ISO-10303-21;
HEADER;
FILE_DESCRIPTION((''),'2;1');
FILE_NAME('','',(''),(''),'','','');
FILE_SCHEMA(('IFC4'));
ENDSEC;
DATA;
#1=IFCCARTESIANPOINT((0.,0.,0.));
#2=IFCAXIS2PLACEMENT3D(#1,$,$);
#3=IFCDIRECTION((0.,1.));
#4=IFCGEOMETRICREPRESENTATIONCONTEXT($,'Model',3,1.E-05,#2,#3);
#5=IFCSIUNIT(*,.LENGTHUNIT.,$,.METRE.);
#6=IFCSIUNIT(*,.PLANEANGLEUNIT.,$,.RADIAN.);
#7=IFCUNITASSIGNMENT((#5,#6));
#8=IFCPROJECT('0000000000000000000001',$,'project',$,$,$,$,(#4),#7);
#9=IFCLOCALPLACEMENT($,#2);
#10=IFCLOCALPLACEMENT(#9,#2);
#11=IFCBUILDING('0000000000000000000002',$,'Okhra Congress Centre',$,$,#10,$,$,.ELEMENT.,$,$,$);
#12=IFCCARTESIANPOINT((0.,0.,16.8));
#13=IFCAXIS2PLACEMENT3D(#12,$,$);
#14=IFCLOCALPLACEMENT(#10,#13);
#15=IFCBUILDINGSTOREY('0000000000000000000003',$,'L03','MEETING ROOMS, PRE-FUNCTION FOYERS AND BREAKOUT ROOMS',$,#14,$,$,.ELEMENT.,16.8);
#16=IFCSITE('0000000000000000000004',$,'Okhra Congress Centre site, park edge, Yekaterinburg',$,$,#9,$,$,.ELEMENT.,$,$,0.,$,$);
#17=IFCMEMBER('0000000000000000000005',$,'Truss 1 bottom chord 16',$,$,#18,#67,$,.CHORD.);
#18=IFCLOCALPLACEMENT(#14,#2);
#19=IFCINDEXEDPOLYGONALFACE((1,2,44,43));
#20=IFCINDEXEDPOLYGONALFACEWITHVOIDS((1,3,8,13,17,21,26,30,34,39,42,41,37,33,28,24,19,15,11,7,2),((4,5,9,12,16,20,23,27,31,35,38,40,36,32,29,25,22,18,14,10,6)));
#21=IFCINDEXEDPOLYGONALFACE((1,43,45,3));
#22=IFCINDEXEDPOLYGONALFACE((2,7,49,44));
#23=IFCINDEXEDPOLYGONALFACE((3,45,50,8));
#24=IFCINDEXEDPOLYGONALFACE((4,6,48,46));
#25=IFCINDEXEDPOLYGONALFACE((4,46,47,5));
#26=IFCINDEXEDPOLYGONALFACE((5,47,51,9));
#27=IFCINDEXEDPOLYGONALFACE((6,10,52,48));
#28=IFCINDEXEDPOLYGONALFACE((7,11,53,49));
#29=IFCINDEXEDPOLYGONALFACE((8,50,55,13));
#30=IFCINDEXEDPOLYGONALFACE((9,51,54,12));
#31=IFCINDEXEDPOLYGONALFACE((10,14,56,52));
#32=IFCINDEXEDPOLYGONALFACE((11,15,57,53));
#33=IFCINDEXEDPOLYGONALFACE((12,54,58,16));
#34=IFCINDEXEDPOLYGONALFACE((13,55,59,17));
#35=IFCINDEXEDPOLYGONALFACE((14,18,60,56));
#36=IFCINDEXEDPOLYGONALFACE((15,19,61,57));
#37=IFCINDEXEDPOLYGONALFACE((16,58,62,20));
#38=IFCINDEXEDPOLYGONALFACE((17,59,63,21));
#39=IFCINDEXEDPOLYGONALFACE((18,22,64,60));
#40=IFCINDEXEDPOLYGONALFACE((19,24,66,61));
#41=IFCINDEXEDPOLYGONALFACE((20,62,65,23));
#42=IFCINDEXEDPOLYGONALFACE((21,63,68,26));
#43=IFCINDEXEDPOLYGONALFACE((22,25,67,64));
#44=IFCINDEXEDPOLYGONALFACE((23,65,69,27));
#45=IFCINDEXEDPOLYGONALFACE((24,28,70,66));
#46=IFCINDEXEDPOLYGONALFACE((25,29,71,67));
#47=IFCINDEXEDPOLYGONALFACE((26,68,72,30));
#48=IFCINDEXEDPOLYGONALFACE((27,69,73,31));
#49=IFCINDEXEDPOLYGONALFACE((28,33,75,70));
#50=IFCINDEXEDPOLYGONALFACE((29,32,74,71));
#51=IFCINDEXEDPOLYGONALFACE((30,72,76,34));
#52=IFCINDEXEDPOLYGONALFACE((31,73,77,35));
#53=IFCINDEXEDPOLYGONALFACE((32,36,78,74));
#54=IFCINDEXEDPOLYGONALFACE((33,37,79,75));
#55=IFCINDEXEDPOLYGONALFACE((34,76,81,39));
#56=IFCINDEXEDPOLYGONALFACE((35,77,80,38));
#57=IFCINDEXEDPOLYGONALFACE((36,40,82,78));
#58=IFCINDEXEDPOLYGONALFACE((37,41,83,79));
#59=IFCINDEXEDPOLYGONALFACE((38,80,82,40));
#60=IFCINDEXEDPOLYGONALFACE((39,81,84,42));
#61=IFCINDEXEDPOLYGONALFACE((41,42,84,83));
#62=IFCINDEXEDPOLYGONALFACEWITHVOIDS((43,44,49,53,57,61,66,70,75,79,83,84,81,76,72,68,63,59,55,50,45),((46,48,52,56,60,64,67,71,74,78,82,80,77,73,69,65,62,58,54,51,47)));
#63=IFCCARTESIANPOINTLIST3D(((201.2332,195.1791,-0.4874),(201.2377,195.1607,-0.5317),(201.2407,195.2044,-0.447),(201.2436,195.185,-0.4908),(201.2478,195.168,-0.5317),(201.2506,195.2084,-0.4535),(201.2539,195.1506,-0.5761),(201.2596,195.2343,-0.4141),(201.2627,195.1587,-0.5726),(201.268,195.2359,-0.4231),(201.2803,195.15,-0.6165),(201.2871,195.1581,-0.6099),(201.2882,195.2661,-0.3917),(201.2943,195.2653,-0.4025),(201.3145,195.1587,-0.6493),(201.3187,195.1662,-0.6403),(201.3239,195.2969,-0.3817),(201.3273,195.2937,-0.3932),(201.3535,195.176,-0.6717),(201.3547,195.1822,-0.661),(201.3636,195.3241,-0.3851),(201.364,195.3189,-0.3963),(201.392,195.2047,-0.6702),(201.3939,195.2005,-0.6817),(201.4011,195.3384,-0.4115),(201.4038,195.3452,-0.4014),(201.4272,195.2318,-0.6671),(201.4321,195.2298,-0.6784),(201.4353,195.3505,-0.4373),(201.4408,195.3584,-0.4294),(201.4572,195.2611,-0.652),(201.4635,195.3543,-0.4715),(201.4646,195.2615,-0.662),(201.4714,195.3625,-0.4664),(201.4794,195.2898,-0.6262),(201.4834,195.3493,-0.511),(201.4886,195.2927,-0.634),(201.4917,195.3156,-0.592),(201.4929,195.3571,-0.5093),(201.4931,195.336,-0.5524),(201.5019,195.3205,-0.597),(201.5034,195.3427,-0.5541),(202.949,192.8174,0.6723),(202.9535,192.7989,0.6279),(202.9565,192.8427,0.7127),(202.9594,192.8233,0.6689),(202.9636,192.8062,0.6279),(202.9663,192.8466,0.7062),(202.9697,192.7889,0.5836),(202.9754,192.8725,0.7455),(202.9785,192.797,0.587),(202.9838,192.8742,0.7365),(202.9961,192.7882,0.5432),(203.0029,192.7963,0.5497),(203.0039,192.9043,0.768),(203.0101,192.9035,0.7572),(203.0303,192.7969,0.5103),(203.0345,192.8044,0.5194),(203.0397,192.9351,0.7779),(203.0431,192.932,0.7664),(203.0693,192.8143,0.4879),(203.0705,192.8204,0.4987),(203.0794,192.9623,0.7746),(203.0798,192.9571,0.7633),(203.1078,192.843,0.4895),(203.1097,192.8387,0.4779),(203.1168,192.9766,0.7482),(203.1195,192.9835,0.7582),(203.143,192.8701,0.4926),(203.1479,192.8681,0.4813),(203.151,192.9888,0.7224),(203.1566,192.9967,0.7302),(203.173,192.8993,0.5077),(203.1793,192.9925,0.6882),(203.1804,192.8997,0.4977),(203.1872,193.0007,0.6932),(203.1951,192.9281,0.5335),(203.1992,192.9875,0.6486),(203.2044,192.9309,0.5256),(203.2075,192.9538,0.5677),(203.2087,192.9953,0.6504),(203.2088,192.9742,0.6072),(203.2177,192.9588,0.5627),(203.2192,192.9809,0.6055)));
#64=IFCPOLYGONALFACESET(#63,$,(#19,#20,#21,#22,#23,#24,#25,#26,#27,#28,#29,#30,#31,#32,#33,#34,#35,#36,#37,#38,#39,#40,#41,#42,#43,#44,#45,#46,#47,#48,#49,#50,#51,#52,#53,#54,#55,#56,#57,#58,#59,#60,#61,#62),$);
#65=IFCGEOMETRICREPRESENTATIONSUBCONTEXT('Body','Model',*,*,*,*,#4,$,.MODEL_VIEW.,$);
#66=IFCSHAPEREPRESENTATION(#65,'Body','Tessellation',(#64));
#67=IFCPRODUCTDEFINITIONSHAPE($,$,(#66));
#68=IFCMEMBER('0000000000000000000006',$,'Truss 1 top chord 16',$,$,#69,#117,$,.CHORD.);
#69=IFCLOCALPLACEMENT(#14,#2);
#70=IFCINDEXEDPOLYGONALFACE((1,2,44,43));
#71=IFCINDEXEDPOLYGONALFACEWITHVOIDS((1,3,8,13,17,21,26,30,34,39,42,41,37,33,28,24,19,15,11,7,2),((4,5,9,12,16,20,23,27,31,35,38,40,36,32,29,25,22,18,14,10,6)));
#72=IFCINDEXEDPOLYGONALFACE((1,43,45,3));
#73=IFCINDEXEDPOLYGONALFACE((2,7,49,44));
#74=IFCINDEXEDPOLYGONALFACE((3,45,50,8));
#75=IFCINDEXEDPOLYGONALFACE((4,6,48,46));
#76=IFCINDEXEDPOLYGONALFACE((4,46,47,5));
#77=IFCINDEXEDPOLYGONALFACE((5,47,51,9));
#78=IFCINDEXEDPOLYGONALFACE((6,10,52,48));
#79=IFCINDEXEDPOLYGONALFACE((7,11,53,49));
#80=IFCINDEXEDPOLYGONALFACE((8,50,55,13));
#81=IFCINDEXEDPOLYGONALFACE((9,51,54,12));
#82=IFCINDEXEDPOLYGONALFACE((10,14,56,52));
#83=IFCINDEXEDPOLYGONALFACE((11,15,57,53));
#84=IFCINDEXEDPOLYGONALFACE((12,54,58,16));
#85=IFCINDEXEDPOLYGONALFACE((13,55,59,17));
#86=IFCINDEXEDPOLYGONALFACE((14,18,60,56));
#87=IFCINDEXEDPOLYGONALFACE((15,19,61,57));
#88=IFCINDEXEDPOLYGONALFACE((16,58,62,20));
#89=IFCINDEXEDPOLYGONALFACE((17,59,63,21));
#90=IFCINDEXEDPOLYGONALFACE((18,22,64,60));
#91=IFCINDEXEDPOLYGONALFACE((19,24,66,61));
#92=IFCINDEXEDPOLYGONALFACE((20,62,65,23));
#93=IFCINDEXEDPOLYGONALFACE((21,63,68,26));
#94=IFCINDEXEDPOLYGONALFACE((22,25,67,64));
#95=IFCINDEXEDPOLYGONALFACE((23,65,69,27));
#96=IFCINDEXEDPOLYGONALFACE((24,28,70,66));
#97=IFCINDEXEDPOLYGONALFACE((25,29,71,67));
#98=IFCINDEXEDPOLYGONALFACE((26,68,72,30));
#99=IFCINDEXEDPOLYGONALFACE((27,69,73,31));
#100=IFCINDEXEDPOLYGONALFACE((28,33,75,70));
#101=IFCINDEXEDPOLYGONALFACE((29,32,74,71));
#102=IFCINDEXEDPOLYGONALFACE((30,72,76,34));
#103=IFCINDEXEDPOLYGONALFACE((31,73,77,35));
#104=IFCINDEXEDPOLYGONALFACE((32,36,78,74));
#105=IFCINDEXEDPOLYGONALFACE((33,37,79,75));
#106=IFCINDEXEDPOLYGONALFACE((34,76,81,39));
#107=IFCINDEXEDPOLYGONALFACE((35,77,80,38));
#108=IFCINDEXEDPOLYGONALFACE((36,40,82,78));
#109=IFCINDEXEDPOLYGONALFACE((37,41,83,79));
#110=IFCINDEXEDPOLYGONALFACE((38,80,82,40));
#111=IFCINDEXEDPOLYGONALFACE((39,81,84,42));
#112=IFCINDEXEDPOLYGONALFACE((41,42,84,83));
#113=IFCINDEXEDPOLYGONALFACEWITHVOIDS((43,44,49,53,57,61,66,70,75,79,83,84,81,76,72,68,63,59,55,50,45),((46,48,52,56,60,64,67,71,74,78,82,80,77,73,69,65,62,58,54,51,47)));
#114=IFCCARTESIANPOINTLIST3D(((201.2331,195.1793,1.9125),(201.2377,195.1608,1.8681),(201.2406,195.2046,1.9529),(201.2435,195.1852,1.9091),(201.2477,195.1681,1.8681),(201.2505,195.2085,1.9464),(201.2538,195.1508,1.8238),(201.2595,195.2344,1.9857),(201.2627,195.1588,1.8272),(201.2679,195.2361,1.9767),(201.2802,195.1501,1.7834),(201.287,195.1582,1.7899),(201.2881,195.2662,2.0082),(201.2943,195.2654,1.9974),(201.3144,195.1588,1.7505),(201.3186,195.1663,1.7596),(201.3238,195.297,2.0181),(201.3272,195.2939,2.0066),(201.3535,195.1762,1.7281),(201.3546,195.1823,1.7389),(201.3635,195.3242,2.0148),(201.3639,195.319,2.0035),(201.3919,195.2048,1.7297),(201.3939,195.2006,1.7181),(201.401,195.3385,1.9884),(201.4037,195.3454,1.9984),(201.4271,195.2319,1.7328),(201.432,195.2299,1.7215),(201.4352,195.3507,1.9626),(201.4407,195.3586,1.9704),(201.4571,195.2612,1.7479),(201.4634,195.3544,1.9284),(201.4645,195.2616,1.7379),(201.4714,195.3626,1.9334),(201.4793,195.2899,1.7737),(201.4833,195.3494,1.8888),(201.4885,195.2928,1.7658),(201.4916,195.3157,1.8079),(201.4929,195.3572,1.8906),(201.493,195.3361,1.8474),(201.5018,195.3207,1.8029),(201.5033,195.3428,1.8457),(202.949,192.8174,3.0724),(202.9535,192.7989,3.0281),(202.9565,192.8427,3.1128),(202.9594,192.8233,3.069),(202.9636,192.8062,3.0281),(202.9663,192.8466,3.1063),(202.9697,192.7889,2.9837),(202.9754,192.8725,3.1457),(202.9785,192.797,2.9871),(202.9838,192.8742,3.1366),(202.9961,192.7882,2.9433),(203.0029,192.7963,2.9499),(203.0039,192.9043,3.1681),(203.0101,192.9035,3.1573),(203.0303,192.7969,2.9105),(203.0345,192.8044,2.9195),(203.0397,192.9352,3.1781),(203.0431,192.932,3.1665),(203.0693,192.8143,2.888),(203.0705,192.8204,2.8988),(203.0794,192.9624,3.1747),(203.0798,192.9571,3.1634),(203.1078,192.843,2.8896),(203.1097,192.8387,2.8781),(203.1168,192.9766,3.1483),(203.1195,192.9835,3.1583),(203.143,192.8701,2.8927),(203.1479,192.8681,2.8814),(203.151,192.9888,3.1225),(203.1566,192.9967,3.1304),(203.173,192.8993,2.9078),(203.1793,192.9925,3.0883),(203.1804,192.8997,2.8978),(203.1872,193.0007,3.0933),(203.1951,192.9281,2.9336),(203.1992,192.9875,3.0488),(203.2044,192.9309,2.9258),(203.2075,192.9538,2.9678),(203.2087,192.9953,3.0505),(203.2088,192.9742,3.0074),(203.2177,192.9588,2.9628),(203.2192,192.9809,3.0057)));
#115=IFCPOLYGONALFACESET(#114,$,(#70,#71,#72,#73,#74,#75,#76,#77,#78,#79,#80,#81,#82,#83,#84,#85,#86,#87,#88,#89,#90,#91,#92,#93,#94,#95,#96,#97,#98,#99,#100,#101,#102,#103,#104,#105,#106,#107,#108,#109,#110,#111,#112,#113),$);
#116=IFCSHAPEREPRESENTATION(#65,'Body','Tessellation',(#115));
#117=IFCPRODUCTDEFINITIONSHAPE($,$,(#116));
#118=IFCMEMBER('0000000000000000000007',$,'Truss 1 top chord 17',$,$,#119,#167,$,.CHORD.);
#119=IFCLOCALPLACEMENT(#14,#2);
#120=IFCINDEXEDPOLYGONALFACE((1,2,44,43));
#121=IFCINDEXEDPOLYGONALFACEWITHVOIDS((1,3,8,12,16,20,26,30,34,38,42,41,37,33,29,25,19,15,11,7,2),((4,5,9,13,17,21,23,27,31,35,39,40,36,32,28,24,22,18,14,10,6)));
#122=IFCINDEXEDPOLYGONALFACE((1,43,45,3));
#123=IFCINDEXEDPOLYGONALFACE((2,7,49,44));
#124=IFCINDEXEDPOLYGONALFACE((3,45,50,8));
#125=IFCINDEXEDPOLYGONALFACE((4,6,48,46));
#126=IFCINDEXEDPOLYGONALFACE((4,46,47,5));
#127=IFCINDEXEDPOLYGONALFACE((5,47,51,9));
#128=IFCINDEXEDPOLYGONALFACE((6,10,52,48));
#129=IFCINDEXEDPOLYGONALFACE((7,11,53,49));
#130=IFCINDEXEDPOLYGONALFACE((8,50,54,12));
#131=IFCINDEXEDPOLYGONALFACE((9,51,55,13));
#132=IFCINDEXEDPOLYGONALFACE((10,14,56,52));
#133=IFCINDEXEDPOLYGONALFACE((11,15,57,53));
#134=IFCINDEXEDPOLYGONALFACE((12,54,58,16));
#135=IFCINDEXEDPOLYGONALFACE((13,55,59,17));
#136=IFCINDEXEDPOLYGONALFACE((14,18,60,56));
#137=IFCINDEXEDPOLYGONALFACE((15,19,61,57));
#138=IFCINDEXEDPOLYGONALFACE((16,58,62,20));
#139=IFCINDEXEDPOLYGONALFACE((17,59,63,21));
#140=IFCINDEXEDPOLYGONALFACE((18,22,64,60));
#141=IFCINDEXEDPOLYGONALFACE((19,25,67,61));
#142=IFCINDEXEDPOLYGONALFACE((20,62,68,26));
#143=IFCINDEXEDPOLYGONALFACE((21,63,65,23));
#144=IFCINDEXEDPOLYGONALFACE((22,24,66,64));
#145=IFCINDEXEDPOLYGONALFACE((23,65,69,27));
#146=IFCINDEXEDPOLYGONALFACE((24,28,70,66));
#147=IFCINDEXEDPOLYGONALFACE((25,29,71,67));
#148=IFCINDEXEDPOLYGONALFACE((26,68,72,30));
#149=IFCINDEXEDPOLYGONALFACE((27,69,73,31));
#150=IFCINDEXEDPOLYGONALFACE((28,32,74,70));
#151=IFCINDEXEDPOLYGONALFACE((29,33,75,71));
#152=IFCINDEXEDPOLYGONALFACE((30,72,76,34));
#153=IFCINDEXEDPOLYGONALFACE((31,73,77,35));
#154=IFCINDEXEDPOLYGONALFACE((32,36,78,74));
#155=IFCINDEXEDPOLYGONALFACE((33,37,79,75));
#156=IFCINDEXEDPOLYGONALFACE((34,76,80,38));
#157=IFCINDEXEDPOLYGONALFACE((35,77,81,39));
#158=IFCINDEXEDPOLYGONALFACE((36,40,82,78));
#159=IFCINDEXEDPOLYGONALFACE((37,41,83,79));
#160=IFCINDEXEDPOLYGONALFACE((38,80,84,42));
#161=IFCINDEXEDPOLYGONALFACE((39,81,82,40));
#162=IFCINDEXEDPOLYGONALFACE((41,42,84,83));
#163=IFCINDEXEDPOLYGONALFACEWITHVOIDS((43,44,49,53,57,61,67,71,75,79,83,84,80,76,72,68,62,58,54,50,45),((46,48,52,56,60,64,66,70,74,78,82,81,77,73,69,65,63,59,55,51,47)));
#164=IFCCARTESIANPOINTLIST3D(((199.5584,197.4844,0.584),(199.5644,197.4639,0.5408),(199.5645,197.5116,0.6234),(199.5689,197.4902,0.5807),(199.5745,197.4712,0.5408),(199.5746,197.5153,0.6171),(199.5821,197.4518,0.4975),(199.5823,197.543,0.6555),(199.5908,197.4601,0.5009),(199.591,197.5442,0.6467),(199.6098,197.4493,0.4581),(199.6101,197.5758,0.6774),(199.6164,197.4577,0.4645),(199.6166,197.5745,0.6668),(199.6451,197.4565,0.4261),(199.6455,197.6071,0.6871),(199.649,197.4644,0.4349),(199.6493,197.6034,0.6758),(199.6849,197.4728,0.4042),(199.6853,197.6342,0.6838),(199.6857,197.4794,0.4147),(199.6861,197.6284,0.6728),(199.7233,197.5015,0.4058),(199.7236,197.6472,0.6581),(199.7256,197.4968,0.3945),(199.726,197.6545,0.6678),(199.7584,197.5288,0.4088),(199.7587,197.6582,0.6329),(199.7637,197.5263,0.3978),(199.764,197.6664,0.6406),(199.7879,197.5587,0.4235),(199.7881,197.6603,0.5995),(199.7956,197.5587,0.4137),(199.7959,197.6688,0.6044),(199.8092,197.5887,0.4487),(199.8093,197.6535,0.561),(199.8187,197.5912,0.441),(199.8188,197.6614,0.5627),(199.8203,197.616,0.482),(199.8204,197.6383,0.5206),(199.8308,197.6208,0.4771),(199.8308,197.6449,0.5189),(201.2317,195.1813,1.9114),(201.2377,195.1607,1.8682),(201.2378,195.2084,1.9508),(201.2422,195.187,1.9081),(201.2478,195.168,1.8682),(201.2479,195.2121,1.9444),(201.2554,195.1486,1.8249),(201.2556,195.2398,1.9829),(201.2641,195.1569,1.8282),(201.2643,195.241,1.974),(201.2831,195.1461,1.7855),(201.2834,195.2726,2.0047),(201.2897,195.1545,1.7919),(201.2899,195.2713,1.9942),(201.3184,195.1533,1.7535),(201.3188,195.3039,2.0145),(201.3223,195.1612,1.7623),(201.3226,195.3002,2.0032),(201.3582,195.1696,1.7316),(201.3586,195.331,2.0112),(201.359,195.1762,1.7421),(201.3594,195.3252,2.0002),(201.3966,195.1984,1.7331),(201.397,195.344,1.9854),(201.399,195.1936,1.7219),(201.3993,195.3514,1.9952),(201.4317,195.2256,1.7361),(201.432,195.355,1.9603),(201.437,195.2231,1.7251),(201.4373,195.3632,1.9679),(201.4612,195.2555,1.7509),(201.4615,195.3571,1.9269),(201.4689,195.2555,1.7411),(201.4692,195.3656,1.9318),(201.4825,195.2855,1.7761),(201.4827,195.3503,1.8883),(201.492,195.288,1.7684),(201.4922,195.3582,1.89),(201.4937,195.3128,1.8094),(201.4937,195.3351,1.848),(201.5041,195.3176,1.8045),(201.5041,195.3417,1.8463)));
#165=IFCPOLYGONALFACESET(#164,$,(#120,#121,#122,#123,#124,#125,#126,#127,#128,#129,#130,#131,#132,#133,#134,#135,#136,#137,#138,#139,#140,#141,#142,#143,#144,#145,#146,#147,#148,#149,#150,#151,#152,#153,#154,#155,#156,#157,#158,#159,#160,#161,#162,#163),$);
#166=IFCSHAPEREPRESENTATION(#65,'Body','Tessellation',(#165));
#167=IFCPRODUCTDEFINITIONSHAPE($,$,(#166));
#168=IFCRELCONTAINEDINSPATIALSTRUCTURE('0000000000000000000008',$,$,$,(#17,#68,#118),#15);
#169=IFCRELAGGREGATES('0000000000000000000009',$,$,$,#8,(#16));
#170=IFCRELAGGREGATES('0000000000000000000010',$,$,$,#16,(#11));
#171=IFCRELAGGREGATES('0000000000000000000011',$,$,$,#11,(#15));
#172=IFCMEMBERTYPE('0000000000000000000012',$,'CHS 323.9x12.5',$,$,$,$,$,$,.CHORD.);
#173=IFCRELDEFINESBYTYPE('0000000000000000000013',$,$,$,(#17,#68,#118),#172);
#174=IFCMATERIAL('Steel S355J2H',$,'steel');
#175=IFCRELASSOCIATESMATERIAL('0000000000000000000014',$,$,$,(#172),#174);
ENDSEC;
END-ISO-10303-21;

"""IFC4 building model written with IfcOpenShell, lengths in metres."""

from ifc_helpers import new_model, si_unit, direction, frame, origin, origin_2d, place, context, subcontext, project, spatial, hollow_circle, extrude, material, material_profile, profile_set, type_object, element, save


model = new_model("IFC4")

# Units and contexts
model_context = context("Model", 3, precision=1e-05, world=origin(), true_north=direction((0.0, 1.0)))
body_context = subcontext(model_context, "Body", "Model", "MODEL_VIEW")
ifc_project = project(units=[si_unit("LENGTHUNIT", "METRE"), si_unit("PLANEANGLEUNIT", "RADIAN")], contexts=[model_context])

# Site, building, storey
site_placement = place(None, origin())
site = spatial("IfcSite", under=ifc_project, at=site_placement, Name="Okhra Congress Centre site, park edge, Yekaterinburg", CompositionType="ELEMENT", RefElevation=0.0)
building_placement = place(site_placement, origin())
building = spatial("IfcBuilding", under=site, at=building_placement, Name="Okhra Congress Centre", CompositionType="ELEMENT")
storey_placement = place(building_placement, frame((0.0, 0.0, 16.8)))
storey = spatial("IfcBuildingStorey", under=building, at=storey_placement, Name="L03", Description="MEETING ROOMS, PRE-FUNCTION FOYERS AND BREAKOUT ROOMS", CompositionType="ELEMENT", Elevation=16.8)

# Members
ifc_material_1 = material(Name="Steel S355J2H", Category="steel")
ifc_material_profile_1 = material_profile(ifc_material_1, hollow_circle(Radius=0.1619, WallThickness=0.0125, at=origin_2d()), Name="CHS 323.9x12.5")
ifc_profile_set_1 = profile_set([ifc_material_profile_1], Name="Steel S355J2H")
member_type_1 = type_object("IfcMemberType", Name="CHS 323.9x12.5", PredefinedType="CHORD", material=ifc_profile_set_1)
member_1_placement = place(storey_placement, frame((203.0845, 192.894, 0.6279), z_axis=(-0.546233, 0.751887, -0.369182), x_axis=(-0.80904, -0.587754, 0.0)))
element("IfcMember", 1, at=member_1_placement, inside=storey, type_object=member_type_1, Name="Truss 1 bottom chord 16", PredefinedType="CHORD", context=body_context, shape_type="SweptSolid", body=[
    extrude(hollow_circle(Radius=0.1619, WallThickness=0.0125, at=origin_2d()), origin(), (0.0, 0.0, 1.0), 3.1411),
])
member_2_placement = place(storey_placement, frame((203.0845, 192.894, 3.0281), z_axis=(-0.546218, 0.751865, -0.369249), x_axis=(-0.80904, -0.587754, 0.0)))
element("IfcMember", 2, at=member_2_placement, inside=storey, type_object=member_type_1, Name="Truss 1 top chord 16", PredefinedType="CHORD", context=body_context, shape_type="SweptSolid", body=[
    extrude(hollow_circle(Radius=0.1619, WallThickness=0.0125, at=origin_2d()), origin(), (0.0, 0.0, 1.0), 3.1414),
])
member_3_placement = place(storey_placement, frame((201.3687, 195.2559, 1.8682), z_axis=(-0.532714, 0.73324, -0.422581), x_axis=(-0.809025, -0.587774, 0.0)))
element("IfcMember", 3, at=member_3_placement, inside=storey, type_object=member_type_1, Name="Truss 1 top chord 17", PredefinedType="CHORD", context=body_context, shape_type="SweptSolid", body=[
    extrude(hollow_circle(Radius=0.1619, WallThickness=0.0125, at=origin_2d()), origin(), (0.0, 0.0, 1.0), 3.1411),
])

save(model, "model.ifc")
